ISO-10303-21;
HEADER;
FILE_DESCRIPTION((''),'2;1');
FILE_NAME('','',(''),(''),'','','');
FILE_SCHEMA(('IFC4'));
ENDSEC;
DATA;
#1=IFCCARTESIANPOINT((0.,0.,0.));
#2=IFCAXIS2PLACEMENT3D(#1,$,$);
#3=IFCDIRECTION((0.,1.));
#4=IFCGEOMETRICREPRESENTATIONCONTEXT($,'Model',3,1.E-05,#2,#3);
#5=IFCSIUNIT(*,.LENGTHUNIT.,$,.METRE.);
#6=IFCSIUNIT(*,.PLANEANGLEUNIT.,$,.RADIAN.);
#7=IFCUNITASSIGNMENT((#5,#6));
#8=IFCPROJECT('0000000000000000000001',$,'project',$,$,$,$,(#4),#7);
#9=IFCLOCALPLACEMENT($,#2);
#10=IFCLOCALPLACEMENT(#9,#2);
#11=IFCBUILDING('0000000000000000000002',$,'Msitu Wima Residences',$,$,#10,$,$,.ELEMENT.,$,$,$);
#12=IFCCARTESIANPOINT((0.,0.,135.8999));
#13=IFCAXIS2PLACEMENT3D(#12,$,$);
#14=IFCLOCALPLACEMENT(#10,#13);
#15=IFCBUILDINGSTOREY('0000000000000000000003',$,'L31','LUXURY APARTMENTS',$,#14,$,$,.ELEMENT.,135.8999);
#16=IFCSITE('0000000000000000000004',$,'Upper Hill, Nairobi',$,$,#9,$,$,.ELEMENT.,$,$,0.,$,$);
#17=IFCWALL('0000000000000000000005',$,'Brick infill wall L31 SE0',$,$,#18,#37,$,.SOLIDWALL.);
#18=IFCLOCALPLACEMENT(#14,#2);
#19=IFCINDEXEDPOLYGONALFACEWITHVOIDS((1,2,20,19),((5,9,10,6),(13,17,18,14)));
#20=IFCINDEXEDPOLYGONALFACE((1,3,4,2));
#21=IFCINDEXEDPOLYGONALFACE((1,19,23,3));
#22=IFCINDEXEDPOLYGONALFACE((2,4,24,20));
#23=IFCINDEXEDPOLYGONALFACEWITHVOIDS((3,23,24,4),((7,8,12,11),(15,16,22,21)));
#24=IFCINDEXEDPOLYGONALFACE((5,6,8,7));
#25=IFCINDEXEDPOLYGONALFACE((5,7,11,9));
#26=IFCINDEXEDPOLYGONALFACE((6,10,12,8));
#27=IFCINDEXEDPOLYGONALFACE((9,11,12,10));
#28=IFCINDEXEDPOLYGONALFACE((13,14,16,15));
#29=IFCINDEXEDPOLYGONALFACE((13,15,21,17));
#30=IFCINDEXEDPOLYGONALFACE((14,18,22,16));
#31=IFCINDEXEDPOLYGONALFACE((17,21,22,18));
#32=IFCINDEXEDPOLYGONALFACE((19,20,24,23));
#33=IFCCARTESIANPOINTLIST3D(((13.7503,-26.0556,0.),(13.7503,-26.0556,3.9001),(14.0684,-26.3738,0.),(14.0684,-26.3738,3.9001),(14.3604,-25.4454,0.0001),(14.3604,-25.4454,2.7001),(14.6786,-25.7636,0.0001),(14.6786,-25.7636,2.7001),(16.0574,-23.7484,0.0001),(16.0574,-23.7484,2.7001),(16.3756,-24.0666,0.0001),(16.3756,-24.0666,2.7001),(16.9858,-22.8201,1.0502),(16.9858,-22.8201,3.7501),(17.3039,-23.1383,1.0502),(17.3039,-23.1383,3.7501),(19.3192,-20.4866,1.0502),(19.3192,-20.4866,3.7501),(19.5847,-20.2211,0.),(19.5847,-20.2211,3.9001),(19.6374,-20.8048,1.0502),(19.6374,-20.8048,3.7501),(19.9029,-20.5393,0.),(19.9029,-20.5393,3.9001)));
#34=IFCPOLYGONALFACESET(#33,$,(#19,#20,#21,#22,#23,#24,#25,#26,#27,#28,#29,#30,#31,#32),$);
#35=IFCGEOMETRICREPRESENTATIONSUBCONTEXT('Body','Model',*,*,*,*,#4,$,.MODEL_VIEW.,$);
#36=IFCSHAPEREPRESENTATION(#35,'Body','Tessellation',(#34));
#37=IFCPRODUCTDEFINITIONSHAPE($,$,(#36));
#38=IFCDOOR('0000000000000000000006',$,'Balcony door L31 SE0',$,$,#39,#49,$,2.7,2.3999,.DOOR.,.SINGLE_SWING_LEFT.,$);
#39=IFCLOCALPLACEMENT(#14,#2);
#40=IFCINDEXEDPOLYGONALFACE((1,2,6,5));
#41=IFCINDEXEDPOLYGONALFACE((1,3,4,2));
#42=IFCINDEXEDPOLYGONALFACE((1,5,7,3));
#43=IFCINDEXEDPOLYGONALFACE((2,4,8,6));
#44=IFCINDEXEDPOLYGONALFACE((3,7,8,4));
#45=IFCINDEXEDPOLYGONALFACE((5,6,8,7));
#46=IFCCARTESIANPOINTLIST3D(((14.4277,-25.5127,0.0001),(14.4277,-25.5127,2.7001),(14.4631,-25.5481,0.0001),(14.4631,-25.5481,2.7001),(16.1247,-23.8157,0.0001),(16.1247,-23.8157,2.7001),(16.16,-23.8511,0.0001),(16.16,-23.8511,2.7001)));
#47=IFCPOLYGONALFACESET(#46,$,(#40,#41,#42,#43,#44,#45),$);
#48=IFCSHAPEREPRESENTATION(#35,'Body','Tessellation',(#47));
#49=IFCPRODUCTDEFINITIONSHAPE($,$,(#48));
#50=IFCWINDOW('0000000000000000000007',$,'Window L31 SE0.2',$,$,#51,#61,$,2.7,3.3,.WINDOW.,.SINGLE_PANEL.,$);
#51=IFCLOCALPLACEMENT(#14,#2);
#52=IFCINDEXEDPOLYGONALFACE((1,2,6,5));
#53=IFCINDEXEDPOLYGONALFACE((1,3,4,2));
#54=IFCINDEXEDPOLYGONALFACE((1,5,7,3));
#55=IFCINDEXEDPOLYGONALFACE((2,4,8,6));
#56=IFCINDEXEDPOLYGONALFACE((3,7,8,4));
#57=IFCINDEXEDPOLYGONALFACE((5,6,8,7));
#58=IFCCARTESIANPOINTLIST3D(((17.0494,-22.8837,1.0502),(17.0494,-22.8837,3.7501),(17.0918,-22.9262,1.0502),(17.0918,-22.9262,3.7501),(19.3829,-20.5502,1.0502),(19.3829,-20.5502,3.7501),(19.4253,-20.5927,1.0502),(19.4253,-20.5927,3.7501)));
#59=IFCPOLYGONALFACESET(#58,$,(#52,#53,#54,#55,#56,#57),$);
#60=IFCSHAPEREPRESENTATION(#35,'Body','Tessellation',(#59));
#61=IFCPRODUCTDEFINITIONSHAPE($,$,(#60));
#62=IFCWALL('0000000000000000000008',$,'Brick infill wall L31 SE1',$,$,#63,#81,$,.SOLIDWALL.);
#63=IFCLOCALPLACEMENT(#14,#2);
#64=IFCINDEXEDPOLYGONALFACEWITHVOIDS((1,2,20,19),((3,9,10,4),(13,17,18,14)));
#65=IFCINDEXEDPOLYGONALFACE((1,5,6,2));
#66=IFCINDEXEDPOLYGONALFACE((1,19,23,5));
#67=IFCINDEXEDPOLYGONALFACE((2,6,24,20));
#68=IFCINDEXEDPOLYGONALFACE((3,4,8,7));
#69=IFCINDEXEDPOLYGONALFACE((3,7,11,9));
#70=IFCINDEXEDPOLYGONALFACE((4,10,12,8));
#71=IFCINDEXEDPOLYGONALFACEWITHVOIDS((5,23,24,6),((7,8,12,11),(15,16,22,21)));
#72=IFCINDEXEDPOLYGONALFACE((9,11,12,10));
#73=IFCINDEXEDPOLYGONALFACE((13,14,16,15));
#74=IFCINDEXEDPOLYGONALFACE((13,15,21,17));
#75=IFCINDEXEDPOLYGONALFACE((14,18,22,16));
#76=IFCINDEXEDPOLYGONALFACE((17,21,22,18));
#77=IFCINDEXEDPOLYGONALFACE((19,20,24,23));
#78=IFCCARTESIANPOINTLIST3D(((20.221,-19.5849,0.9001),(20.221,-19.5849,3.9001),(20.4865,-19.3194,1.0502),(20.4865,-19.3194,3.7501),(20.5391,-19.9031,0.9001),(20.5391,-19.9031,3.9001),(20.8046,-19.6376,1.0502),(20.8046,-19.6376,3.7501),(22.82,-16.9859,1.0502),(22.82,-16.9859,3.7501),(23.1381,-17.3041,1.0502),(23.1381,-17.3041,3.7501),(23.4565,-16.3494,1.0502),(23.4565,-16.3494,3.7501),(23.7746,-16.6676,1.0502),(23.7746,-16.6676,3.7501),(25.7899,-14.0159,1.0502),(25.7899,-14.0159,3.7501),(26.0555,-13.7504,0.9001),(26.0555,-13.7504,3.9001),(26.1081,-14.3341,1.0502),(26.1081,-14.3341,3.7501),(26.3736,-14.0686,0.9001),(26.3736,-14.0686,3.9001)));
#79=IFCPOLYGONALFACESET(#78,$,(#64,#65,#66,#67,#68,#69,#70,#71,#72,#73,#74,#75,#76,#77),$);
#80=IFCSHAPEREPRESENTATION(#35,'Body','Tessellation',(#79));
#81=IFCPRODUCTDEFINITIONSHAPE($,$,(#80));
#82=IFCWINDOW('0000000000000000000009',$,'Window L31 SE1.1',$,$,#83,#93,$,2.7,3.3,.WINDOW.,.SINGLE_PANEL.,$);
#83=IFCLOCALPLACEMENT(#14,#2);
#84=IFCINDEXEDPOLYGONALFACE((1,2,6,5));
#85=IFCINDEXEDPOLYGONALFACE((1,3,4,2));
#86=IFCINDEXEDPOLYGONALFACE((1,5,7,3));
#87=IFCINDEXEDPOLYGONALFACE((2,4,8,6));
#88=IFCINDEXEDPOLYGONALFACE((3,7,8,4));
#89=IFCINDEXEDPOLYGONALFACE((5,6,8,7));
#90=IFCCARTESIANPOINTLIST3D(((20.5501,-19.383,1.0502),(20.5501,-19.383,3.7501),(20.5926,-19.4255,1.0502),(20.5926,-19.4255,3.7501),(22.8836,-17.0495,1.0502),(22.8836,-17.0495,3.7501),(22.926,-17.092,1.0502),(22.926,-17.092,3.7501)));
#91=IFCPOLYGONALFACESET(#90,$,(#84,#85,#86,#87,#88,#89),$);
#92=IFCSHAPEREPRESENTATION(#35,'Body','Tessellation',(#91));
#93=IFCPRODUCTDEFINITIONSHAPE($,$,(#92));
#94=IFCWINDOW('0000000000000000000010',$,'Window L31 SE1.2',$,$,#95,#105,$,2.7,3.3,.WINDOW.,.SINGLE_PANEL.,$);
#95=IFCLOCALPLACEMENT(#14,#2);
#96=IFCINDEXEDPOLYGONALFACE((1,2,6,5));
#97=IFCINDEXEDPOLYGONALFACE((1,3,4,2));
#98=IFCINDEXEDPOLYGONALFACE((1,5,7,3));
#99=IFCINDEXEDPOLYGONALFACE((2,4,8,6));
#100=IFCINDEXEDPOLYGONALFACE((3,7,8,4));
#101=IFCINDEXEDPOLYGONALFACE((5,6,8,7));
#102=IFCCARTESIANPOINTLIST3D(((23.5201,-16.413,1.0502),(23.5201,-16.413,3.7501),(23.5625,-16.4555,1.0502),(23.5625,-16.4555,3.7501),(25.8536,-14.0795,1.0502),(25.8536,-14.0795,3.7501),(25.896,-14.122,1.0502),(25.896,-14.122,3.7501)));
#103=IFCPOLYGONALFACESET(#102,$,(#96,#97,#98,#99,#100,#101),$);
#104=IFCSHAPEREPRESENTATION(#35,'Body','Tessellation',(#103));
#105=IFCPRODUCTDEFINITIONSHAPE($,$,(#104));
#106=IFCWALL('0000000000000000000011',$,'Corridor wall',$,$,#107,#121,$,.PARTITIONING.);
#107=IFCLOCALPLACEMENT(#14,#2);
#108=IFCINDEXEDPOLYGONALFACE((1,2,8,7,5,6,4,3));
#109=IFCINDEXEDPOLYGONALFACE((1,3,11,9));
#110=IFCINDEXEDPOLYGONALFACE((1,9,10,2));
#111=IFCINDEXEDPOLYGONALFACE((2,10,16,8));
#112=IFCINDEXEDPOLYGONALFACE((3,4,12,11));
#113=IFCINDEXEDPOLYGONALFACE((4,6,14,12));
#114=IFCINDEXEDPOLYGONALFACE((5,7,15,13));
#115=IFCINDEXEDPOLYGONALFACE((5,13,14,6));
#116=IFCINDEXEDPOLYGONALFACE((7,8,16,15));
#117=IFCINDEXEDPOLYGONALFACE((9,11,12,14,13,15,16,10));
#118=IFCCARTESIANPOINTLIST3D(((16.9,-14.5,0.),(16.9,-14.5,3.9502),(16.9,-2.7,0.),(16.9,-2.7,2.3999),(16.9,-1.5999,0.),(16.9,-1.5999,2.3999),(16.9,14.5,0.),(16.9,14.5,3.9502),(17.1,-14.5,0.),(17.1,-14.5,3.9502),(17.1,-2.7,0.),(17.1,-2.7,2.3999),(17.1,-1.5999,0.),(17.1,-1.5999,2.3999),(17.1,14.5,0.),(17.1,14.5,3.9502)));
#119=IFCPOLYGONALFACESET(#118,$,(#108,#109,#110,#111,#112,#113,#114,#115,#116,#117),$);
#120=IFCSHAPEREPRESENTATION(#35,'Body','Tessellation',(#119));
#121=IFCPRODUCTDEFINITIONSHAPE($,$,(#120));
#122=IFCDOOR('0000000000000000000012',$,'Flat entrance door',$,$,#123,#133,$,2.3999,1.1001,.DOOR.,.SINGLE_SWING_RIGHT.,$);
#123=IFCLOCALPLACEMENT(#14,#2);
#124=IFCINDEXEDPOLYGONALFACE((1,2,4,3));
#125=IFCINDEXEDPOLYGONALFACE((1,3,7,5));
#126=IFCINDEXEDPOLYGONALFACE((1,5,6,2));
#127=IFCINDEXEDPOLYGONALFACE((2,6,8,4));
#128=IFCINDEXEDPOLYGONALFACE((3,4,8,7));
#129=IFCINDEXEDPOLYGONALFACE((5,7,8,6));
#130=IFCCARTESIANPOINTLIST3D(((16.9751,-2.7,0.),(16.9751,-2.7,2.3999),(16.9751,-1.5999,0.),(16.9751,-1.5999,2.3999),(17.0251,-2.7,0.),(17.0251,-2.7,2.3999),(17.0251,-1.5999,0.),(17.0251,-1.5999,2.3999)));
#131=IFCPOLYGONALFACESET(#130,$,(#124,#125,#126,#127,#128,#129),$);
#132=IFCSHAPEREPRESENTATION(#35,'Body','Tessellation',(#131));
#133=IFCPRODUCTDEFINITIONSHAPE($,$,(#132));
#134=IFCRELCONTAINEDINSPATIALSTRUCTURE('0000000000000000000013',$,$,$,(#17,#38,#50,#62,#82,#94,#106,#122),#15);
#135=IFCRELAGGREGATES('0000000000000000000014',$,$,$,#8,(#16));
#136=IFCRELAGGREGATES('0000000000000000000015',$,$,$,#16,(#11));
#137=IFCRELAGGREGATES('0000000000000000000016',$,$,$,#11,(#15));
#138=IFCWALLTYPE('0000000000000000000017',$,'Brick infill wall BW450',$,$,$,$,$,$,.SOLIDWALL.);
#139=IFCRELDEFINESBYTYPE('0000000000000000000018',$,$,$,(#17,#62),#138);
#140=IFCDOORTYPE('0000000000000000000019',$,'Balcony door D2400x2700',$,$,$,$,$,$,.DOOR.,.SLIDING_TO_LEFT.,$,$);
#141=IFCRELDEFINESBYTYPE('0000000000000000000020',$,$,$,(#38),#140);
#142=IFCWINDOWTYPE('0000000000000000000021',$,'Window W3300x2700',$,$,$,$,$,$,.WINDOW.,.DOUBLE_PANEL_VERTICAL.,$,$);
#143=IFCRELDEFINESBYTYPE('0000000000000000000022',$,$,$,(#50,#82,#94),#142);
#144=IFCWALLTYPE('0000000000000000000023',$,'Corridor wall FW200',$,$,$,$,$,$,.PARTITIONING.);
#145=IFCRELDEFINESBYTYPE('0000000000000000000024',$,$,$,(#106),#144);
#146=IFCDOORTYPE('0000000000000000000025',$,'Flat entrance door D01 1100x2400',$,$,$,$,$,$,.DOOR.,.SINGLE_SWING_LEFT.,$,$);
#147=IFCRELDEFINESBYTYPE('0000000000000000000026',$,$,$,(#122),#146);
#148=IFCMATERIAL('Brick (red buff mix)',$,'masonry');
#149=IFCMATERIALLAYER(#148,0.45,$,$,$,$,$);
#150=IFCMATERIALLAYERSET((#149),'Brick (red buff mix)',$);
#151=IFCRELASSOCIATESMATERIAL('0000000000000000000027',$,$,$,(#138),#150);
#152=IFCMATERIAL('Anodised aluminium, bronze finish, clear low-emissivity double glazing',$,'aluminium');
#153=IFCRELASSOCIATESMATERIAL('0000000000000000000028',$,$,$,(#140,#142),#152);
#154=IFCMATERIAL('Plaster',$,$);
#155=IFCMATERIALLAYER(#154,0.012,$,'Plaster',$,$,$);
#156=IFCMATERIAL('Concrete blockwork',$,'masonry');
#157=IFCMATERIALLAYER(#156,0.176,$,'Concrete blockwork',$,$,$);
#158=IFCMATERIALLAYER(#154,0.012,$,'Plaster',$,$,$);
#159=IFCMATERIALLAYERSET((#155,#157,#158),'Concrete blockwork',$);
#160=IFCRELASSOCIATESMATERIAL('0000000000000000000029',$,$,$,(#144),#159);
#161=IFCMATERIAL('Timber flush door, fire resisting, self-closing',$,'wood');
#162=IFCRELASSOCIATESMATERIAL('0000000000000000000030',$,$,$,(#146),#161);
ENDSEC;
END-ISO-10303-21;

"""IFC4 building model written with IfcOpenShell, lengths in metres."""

from ifc_helpers import new_model, si_unit, direction, frame, frame_2d, origin, place, context, subcontext, project, spatial, rectangle, extrude, material, layer, layer_set, type_object, element, fill, save


model = new_model("IFC4")

# Units and contexts
model_context = context("Model", 3, precision=1e-05, world=origin(), true_north=direction((0.0, 1.0)))
body_context = subcontext(model_context, "Body", "Model", "MODEL_VIEW")
ifc_project = project(units=[si_unit("LENGTHUNIT", "METRE"), si_unit("PLANEANGLEUNIT", "RADIAN")], contexts=[model_context])

# Site, building, storey
site_placement = place(None, origin())
site = spatial("IfcSite", under=ifc_project, at=site_placement, Name="Upper Hill, Nairobi", CompositionType="ELEMENT", RefElevation=0.0)
building_placement = place(site_placement, origin())
building = spatial("IfcBuilding", under=site, at=building_placement, Name="Msitu Wima Residences", CompositionType="ELEMENT")
storey_placement = place(building_placement, frame((0.0, 0.0, 135.8999)))
storey = spatial("IfcBuildingStorey", under=building, at=storey_placement, Name="L31", Description="LUXURY APARTMENTS", CompositionType="ELEMENT", Elevation=135.8999)

# Wall, openings, door, window
ifc_material_1 = material(Name="Brick (red buff mix)", Category="masonry")
ifc_layer_1 = layer(ifc_material_1, 0.45)
ifc_layer_set_1 = layer_set([ifc_layer_1], Name="Brick (red buff mix)")
wall_type_1 = type_object("IfcWallType", Name="Brick infill wall BW450", PredefinedType="SOLIDWALL", material=ifc_layer_set_1)
wall_1_placement = place(storey_placement, frame((13.9094, -26.2146, 0.0), z_axis=(0.0, 0.0, 1.0), x_axis=(0.707107, 0.707107, 0.0)))
wall_1 = element("IfcWall", 1, at=wall_1_placement, inside=storey, type_object=wall_type_1, Name="Brick infill wall L31 SE0", PredefinedType="SOLIDWALL", context=body_context, shape_type="SweptSolid", body=[
    extrude(rectangle(XDim=8.2512, YDim=0.45, at=frame_2d((4.1255, 0.0))), origin(), (0.0, 0.0, 1.0), 3.9001),
])
opening_1_placement = place(wall_1_placement, frame((0.8628, 0.0, 0.0)))
opening_1 = element("IfcOpeningElement", 2, at=opening_1_placement, cuts=wall_1, PredefinedType="OPENING", context=body_context, shape_type="SweptSolid", body=[
    extrude(rectangle(XDim=2.3999, YDim=2.7, at=frame_2d((1.2, 1.3501))), frame((0.0, 0.2349, 0.0), z_axis=(0.0, -1.0, 0.0), x_axis=(1.0, 0.0, 0.0)), (0.0, 0.0, 1.0), 0.47),
])
opening_2_placement = place(wall_1_placement, frame((4.5757, 0.0, 1.05)))
opening_2 = element("IfcOpeningElement", 3, at=opening_2_placement, cuts=wall_1, PredefinedType="OPENING", context=body_context, shape_type="SweptSolid", body=[
    extrude(rectangle(XDim=3.3, YDim=2.7, at=frame_2d((1.6499, 1.3501))), frame((0.0, 0.2349, 0.0), z_axis=(0.0, -1.0, 0.0), x_axis=(1.0, 0.0, 0.0)), (0.0, 0.0, 1.0), 0.47),
])
ifc_material_2 = material(Name="Anodised aluminium, bronze finish, clear low-emissivity double glazing", Category="aluminium")
door_type_1 = type_object("IfcDoorType", Name="Balcony door D2400x2700", OperationType="SLIDING_TO_LEFT", PredefinedType="DOOR", material=ifc_material_2)
door_1_placement = place(opening_1_placement, origin())
door_1 = element("IfcDoor", 4, at=door_1_placement, inside=storey, type_object=door_type_1, Name="Balcony door L31 SE0", OperationType="SINGLE_SWING_LEFT", OverallHeight=2.7, OverallWidth=2.3999, PredefinedType="DOOR", context=body_context, shape_type="SweptSolid", body=[
    extrude(rectangle(XDim=2.3999, YDim=2.7, at=frame_2d((1.2, 1.3501))), frame((0.0, 0.1299, 0.0), z_axis=(0.0, -1.0, 0.0), x_axis=(1.0, 0.0, 0.0)), (0.0, 0.0, 1.0), 0.05),
])
fill(opening_1, door_1)
window_type = type_object("IfcWindowType", Name="Window W3300x2700", PartitioningType="DOUBLE_PANEL_VERTICAL", PredefinedType="WINDOW", material=ifc_material_2)
window_1_placement = place(opening_2_placement, origin())
window_1 = element("IfcWindow", 5, at=window_1_placement, inside=storey, type_object=window_type, Name="Window L31 SE0.2", OverallHeight=2.7, OverallWidth=3.3, PartitioningType="SINGLE_PANEL", PredefinedType="WINDOW", context=body_context, shape_type="SweptSolid", body=[
    extrude(rectangle(XDim=3.3, YDim=2.7, at=frame_2d((1.6499, 1.3501))), frame((0.0, 0.135, 0.0), z_axis=(0.0, -1.0, 0.0), x_axis=(1.0, 0.0, 0.0)), (0.0, 0.0, 1.0), 0.0601),
])
fill(opening_2, window_1)

# Wall, openings, windows
wall_2_placement = place(storey_placement, frame((20.3801, -19.7439, 0.9001), z_axis=(0.0, 0.0, 1.0), x_axis=(0.707107, 0.707107, 0.0)))
wall_2 = element("IfcWall", 6, at=wall_2_placement, inside=storey, type_object=wall_type_1, Name="Brick infill wall L31 SE1", PredefinedType="SOLIDWALL", context=body_context, shape_type="SweptSolid", body=[
    extrude(rectangle(XDim=8.2512, YDim=0.45, at=frame_2d((4.1255, 0.0))), origin(), (0.0, 0.0, 1.0), 3.0),
])
opening_3_placement = place(wall_2_placement, frame((0.3755, 0.0, 0.1499)))
opening_3 = element("IfcOpeningElement", 7, at=opening_3_placement, cuts=wall_2, PredefinedType="OPENING", context=body_context, shape_type="SweptSolid", body=[
    extrude(rectangle(XDim=3.3, YDim=2.7, at=frame_2d((1.6499, 1.3501))), frame((0.0, 0.2349, 0.0), z_axis=(0.0, -1.0, 0.0), x_axis=(1.0, 0.0, 0.0)), (0.0, 0.0, 1.0), 0.47),
])
opening_4_placement = place(wall_2_placement, frame((4.5757, 0.0, 0.1499)))
opening_4 = element("IfcOpeningElement", 8, at=opening_4_placement, cuts=wall_2, PredefinedType="OPENING", context=body_context, shape_type="SweptSolid", body=[
    extrude(rectangle(XDim=3.3, YDim=2.7, at=frame_2d((1.6499, 1.3501))), frame((0.0, 0.2349, 0.0), z_axis=(0.0, -1.0, 0.0), x_axis=(1.0, 0.0, 0.0)), (0.0, 0.0, 1.0), 0.47),
])
window_2_placement = place(opening_3_placement, origin())
window_2 = element("IfcWindow", 9, at=window_2_placement, inside=storey, type_object=window_type, Name="Window L31 SE1.1", OverallHeight=2.7, OverallWidth=3.3, PartitioningType="SINGLE_PANEL", PredefinedType="WINDOW", context=body_context, shape_type="SweptSolid", body=[
    extrude(rectangle(XDim=3.3, YDim=2.7, at=frame_2d((1.6499, 1.3501))), frame((0.0, 0.135, 0.0), z_axis=(0.0, -1.0, 0.0), x_axis=(1.0, 0.0, 0.0)), (0.0, 0.0, 1.0), 0.0601),
])
fill(opening_3, window_2)
window_3_placement = place(opening_4_placement, origin())
window_3 = element("IfcWindow", 10, at=window_3_placement, inside=storey, type_object=window_type, Name="Window L31 SE1.2", OverallHeight=2.7, OverallWidth=3.3, PartitioningType="SINGLE_PANEL", PredefinedType="WINDOW", context=body_context, shape_type="SweptSolid", body=[
    extrude(rectangle(XDim=3.3, YDim=2.7, at=frame_2d((1.6499, 1.3501))), frame((0.0, 0.135, 0.0), z_axis=(0.0, -1.0, 0.0), x_axis=(1.0, 0.0, 0.0)), (0.0, 0.0, 1.0), 0.0601),
])
fill(opening_4, window_3)

# Wall, opening, door
ifc_material_3 = material(Name="Plaster")
ifc_layer_2 = layer(ifc_material_3, 0.012, Name="Plaster")
ifc_material_4 = material(Name="Concrete blockwork", Category="masonry")
ifc_layer_3 = layer(ifc_material_4, 0.176, Name="Concrete blockwork")
ifc_layer_4 = layer(ifc_material_3, 0.012, Name="Plaster")
ifc_layer_set_2 = layer_set([ifc_layer_2, ifc_layer_3, ifc_layer_4], Name="Concrete blockwork")
wall_type_2 = type_object("IfcWallType", Name="Corridor wall FW200", PredefinedType="PARTITIONING", material=ifc_layer_set_2)
wall_3_placement = place(storey_placement, frame((17.0, -14.5, 0.0), z_axis=(0.0, 0.0, 1.0), x_axis=(0.0, 1.0, 0.0)))
wall_3 = element("IfcWall", 11, at=wall_3_placement, inside=storey, type_object=wall_type_2, Name="Corridor wall", PredefinedType="PARTITIONING", context=body_context, shape_type="SweptSolid", body=[
    extrude(rectangle(XDim=29.0, YDim=0.2, at=frame_2d((14.5, 0.0))), origin(), (0.0, 0.0, 1.0), 3.9502),
])
opening_5_placement = place(wall_3_placement, frame((11.8, 0.0, 0.0)))
opening_5 = element("IfcOpeningElement", 12, at=opening_5_placement, cuts=wall_3, PredefinedType="OPENING", context=body_context, shape_type="SweptSolid", body=[
    extrude(rectangle(XDim=1.1001, YDim=2.3999, at=frame_2d((0.55, 1.2))), frame((0.0, 0.1099, 0.0), z_axis=(0.0, -1.0, 0.0), x_axis=(1.0, 0.0, 0.0)), (0.0, 0.0, 1.0), 0.22),
])
ifc_material_5 = material(Name="Timber flush door, fire resisting, self-closing", Category="wood")
door_type_2 = type_object("IfcDoorType", Name="Flat entrance door D01 1100x2400", OperationType="SINGLE_SWING_LEFT", PredefinedType="DOOR", material=ifc_material_5)
door_2_placement = place(opening_5_placement, origin())
door_2 = element("IfcDoor", 13, at=door_2_placement, inside=storey, type_object=door_type_2, Name="Flat entrance door", OperationType="SINGLE_SWING_RIGHT", OverallHeight=2.3999, OverallWidth=1.1001, PredefinedType="DOOR", context=body_context, shape_type="SweptSolid", body=[
    extrude(rectangle(XDim=1.1001, YDim=2.3999, at=frame_2d((0.55, 1.2))), frame((0.0, 0.0249, 0.0), z_axis=(0.0, -1.0, 0.0), x_axis=(1.0, 0.0, 0.0)), (0.0, 0.0, 1.0), 0.05),
])
fill(opening_5, door_2)

save(model, "model.ifc")
